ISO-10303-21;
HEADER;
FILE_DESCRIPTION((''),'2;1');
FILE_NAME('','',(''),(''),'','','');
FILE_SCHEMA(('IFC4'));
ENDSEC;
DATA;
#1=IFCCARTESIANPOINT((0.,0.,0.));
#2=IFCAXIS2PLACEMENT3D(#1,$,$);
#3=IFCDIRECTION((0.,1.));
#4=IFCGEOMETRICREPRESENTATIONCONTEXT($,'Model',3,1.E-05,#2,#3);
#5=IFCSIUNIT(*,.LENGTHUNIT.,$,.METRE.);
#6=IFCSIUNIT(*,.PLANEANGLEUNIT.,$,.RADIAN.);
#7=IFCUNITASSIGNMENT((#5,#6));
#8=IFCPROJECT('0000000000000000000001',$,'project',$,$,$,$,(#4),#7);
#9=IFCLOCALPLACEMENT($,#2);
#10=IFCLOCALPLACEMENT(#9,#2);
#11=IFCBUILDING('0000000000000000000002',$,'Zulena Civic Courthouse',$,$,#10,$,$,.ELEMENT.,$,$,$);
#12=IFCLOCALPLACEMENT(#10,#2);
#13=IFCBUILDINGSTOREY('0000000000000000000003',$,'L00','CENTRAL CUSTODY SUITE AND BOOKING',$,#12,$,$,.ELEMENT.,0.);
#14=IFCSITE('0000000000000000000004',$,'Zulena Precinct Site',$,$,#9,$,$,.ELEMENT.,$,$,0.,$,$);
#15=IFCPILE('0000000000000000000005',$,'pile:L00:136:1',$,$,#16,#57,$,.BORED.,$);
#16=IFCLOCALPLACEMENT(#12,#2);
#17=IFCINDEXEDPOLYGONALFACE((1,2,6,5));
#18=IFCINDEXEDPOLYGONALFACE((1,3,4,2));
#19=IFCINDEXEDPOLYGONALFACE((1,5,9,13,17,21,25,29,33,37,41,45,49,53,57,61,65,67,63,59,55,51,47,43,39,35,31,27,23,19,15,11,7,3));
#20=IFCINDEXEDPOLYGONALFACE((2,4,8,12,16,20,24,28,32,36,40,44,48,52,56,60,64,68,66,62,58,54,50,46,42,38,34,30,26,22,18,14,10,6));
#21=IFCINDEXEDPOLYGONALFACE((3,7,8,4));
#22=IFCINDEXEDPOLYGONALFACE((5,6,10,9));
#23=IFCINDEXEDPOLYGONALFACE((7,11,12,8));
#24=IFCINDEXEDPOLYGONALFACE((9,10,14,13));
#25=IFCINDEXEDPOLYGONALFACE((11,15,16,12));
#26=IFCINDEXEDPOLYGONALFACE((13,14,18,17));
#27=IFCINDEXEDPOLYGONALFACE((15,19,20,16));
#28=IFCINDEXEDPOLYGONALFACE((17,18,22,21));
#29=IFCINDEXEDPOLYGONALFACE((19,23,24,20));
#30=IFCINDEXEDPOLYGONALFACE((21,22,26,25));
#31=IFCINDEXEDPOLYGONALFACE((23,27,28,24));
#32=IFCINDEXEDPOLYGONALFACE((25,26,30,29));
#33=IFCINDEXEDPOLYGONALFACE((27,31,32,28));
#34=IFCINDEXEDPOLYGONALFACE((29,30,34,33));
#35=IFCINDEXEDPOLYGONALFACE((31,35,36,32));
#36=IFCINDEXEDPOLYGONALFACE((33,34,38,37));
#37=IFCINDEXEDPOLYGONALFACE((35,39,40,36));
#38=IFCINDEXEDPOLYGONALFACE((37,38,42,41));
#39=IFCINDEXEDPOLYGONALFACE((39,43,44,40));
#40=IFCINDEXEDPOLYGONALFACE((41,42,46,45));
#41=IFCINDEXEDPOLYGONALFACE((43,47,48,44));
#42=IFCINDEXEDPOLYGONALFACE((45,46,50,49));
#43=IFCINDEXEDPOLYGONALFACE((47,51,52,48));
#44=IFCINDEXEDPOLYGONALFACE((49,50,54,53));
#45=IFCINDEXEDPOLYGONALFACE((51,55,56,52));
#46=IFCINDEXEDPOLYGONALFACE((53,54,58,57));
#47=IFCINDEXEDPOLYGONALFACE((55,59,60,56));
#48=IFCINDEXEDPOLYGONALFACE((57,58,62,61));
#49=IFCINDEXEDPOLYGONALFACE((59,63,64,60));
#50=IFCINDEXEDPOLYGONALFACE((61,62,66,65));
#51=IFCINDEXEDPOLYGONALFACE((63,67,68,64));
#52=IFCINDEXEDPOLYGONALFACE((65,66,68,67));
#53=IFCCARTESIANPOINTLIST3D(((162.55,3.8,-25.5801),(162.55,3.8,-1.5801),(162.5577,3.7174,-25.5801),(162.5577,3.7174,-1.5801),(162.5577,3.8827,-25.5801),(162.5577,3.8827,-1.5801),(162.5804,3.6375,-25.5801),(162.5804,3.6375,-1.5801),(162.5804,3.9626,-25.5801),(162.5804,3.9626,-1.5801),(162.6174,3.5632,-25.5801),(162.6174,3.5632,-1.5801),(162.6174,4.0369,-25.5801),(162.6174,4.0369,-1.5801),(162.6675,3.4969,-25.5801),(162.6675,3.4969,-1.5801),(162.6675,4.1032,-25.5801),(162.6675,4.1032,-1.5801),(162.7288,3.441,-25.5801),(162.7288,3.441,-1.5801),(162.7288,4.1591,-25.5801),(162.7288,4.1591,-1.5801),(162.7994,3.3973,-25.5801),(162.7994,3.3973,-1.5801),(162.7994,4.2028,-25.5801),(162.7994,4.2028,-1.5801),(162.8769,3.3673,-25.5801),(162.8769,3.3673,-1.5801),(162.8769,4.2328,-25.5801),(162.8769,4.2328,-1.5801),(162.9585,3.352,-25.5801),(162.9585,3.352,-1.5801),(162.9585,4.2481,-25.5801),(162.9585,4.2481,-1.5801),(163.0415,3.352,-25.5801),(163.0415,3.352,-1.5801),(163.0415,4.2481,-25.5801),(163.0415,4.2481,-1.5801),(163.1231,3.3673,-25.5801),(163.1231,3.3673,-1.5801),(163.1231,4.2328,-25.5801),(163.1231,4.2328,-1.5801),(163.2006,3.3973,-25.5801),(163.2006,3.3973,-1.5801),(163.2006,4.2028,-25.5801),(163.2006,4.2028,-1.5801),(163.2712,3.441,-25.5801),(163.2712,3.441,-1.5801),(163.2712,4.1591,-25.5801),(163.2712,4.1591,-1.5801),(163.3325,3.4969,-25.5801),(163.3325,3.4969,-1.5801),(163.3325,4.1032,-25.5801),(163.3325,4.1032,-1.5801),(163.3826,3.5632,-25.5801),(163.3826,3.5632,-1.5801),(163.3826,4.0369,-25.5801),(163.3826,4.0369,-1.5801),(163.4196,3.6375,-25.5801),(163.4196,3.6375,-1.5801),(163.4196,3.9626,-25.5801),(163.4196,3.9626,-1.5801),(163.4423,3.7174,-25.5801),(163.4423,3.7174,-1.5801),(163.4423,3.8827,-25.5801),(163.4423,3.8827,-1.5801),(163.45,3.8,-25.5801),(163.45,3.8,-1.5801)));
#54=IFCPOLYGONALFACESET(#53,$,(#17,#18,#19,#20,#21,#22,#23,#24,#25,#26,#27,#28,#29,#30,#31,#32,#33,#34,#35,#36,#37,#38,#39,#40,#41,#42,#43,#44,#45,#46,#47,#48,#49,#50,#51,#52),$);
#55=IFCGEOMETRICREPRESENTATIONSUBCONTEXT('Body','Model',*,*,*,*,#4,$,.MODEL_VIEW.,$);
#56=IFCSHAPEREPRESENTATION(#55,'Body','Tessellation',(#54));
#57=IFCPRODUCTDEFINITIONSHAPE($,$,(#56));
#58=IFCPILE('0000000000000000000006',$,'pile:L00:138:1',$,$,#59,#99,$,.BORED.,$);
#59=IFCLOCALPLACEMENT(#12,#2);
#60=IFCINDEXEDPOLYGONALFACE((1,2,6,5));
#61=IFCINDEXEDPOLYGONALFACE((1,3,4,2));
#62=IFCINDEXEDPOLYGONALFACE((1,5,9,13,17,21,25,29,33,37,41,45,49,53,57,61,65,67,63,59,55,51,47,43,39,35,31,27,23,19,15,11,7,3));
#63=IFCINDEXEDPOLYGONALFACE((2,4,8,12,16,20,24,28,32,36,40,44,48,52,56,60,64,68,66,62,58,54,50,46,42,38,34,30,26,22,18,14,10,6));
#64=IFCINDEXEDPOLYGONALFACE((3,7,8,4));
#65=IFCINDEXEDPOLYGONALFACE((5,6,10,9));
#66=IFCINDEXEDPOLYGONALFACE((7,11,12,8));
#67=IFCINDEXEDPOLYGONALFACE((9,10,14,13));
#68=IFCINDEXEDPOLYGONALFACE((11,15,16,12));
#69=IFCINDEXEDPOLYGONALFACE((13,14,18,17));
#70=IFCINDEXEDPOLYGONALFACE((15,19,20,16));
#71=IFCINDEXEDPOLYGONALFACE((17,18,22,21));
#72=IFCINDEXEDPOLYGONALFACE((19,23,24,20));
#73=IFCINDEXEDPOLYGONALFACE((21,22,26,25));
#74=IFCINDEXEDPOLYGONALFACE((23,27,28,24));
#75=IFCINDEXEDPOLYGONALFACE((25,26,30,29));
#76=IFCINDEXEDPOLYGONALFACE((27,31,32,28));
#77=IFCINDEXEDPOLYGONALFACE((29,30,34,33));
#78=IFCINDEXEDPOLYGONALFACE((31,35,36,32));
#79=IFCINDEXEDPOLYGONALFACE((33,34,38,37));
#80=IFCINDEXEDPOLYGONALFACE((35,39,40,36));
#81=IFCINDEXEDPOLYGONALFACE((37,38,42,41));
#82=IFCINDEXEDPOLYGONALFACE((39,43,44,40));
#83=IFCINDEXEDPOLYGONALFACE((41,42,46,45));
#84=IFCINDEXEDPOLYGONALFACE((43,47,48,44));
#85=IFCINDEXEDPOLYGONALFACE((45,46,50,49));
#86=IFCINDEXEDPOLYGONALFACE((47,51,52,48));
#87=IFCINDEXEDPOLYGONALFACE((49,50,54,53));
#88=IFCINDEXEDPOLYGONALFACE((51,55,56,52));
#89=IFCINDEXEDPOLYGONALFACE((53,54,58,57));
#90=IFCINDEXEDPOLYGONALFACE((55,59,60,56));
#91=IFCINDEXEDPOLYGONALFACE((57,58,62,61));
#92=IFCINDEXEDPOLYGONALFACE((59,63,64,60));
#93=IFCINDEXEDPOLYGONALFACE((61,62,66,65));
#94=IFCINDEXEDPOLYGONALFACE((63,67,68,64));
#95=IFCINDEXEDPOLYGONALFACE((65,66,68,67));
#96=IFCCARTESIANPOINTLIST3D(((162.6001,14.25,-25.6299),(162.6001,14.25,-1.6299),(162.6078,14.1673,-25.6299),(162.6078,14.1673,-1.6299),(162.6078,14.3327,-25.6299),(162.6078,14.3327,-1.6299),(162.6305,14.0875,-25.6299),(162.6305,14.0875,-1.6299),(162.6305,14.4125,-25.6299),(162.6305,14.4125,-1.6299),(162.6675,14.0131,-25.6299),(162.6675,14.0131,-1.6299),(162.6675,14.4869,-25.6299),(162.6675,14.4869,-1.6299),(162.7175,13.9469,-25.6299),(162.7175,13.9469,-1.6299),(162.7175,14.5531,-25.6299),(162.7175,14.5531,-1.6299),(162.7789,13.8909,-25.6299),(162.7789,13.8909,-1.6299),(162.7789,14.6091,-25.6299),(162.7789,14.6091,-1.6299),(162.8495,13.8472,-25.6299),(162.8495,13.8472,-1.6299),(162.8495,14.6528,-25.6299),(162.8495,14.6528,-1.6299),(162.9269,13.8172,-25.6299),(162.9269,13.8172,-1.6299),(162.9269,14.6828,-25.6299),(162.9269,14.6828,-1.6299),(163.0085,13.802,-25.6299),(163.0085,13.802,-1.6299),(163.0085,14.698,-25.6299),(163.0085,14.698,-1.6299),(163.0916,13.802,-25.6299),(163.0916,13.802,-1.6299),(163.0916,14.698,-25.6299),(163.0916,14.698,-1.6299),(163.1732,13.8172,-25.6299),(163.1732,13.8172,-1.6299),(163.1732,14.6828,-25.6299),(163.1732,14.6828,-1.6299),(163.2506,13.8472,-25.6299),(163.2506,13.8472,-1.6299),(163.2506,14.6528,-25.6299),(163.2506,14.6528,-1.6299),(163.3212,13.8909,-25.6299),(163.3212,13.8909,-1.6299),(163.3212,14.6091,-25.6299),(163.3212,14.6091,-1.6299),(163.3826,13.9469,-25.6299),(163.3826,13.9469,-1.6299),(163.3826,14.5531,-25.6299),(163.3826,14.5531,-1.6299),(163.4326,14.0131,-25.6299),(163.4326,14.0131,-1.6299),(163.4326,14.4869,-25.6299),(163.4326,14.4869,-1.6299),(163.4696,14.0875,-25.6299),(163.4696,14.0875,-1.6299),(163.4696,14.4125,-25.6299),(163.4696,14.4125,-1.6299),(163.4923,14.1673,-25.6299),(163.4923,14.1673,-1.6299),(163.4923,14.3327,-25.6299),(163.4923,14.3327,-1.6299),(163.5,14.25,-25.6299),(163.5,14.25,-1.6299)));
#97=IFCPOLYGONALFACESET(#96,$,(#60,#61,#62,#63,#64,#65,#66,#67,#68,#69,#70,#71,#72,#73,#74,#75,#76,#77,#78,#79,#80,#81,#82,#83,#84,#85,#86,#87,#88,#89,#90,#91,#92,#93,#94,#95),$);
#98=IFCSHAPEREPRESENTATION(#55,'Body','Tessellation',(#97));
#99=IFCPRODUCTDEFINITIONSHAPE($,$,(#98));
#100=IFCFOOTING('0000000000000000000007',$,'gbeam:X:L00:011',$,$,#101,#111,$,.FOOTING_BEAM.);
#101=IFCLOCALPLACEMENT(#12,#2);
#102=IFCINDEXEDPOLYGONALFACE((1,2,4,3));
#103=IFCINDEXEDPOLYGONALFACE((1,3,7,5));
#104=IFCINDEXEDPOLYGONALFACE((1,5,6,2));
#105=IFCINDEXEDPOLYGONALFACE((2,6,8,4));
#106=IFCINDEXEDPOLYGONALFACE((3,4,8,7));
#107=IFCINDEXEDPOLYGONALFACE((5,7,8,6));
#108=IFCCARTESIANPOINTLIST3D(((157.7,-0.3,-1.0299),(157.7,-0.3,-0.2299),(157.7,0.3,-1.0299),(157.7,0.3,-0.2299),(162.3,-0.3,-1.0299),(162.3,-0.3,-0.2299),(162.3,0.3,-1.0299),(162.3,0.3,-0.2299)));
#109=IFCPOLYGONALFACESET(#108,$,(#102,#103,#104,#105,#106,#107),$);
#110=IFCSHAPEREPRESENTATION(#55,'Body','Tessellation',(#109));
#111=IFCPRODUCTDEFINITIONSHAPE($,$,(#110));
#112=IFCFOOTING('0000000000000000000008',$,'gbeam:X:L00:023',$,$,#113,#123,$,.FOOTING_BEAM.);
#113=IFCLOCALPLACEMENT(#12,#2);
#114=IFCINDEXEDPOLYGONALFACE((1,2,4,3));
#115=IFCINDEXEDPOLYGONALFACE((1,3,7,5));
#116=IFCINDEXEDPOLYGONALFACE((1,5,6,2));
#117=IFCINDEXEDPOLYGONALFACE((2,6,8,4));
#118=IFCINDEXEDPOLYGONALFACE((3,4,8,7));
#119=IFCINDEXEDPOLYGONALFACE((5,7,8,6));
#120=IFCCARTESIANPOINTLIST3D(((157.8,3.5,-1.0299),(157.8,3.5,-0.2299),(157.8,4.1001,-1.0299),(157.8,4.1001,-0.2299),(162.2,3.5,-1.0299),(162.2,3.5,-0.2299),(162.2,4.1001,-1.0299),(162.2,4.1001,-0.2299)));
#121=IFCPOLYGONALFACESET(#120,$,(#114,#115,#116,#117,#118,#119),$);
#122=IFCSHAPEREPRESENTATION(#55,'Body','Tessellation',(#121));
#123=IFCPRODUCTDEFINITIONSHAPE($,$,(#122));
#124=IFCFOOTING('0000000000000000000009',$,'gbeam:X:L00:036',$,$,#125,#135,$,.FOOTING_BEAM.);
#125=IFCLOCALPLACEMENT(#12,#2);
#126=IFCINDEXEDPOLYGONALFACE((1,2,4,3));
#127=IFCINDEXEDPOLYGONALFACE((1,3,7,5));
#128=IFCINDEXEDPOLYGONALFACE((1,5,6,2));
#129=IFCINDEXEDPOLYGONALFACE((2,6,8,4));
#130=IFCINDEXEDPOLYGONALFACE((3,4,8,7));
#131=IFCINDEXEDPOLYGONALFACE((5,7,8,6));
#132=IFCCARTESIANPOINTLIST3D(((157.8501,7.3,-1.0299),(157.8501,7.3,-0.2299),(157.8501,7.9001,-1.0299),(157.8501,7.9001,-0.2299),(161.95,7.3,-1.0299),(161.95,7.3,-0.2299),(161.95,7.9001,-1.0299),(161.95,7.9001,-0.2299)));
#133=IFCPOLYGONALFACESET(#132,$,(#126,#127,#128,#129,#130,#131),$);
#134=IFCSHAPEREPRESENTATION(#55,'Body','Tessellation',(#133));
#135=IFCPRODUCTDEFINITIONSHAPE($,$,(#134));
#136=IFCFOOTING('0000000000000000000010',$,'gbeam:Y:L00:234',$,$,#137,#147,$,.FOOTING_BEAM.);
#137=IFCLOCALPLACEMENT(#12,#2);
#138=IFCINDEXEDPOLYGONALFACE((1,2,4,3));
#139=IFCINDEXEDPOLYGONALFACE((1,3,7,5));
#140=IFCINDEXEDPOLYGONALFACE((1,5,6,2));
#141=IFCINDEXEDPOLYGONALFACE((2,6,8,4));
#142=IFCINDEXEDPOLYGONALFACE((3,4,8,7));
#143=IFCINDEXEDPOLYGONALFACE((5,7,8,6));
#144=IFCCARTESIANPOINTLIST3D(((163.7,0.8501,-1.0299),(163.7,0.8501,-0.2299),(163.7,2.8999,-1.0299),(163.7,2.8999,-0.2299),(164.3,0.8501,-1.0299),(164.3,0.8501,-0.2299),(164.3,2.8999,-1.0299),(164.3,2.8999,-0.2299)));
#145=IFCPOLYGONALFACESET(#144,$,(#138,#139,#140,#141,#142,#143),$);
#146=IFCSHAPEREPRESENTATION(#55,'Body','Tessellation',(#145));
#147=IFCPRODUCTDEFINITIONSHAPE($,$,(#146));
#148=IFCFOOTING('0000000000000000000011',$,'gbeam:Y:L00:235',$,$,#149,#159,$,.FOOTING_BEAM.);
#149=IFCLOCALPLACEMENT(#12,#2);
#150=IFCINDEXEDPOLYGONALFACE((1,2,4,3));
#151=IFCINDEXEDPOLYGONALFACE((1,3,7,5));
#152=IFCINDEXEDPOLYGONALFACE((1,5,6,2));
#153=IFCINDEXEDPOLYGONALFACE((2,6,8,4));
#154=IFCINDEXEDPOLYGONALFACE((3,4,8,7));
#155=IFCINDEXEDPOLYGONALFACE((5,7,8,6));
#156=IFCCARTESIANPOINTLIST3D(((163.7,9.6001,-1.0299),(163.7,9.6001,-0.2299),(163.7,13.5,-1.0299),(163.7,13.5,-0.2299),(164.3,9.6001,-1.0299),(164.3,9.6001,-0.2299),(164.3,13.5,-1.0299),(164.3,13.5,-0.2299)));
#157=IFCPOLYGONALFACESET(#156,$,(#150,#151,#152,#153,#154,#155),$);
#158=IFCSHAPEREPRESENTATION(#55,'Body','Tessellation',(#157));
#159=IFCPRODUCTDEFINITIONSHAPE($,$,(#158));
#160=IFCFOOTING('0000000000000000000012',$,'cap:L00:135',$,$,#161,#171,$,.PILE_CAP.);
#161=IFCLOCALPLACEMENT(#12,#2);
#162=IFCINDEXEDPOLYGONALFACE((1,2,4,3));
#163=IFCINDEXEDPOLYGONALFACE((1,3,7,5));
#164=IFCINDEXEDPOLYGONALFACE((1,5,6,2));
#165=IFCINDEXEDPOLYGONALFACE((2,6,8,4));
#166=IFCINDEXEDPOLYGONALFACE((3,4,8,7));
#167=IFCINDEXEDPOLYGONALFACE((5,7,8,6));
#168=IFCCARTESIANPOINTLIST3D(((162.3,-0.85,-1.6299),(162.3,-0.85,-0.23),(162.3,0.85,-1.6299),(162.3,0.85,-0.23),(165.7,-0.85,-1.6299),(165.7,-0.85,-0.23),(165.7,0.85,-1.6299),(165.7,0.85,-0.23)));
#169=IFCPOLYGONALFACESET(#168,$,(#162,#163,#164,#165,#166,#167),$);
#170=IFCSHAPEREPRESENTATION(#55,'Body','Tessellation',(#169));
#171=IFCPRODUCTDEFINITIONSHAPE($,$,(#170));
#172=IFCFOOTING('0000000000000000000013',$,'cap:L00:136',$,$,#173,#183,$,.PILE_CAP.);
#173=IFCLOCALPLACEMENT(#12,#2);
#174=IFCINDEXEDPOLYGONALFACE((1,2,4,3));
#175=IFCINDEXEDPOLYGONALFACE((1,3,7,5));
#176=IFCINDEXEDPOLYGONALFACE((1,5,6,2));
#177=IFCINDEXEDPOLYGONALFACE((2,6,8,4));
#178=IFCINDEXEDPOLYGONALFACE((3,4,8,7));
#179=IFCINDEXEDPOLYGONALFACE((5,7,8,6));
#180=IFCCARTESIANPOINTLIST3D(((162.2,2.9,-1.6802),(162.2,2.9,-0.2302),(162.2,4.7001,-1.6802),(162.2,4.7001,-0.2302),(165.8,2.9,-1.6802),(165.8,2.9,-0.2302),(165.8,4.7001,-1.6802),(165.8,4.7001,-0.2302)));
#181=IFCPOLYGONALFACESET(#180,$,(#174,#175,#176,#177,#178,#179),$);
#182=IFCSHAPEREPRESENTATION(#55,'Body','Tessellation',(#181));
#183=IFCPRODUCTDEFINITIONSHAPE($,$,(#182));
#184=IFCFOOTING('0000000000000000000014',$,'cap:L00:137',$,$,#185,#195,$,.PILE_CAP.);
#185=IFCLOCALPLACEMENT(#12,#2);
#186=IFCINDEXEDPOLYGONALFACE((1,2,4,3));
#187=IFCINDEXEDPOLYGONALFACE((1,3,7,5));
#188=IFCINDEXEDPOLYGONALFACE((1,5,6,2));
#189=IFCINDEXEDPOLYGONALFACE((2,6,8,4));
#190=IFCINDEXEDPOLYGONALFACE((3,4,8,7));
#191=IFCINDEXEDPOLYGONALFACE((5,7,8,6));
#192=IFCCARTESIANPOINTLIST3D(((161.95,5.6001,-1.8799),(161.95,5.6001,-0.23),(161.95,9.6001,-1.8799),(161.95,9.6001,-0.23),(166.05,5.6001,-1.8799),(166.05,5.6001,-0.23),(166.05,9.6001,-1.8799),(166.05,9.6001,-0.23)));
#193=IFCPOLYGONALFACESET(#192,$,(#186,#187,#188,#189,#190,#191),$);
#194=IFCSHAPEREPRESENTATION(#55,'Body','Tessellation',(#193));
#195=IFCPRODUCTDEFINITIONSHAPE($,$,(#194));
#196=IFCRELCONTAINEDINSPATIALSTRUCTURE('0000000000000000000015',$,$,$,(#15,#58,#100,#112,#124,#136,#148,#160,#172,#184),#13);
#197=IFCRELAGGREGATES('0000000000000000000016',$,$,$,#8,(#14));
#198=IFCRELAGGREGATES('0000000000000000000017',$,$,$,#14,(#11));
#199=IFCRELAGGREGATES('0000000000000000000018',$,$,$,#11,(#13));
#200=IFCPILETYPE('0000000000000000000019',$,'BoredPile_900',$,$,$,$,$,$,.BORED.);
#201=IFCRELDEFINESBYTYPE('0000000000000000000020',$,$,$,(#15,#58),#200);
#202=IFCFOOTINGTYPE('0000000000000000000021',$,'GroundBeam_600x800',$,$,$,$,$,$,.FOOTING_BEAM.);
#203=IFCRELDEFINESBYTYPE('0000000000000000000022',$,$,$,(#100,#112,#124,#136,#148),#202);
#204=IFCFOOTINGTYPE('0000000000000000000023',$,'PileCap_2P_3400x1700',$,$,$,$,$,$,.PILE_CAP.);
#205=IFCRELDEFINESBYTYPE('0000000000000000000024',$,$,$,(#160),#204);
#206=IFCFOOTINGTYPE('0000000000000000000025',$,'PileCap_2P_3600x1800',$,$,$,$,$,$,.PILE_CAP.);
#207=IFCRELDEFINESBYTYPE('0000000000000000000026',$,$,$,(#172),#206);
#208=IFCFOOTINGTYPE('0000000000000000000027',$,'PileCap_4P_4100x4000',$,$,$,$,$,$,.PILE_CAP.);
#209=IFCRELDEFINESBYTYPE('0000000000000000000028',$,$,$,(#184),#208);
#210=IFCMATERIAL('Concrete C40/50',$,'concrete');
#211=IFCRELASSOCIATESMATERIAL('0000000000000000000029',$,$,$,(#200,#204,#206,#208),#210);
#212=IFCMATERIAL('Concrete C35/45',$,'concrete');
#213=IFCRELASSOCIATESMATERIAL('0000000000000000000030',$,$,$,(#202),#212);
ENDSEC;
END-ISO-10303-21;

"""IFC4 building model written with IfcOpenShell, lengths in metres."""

from ifc_helpers import new_model, si_unit, direction, frame, origin, origin_2d, place, context, subcontext, project, spatial, rectangle, circle, extrude, material, material_profile, profile_set, type_object, element, save


model = new_model("IFC4")

# Units and contexts
model_context = context("Model", 3, precision=1e-05, world=origin(), true_north=direction((0.0, 1.0)))
body_context = subcontext(model_context, "Body", "Model", "MODEL_VIEW")
ifc_project = project(units=[si_unit("LENGTHUNIT", "METRE"), si_unit("PLANEANGLEUNIT", "RADIAN")], contexts=[model_context])

# Site, building, storey
site_placement = place(None, origin())
site = spatial("IfcSite", under=ifc_project, at=site_placement, Name="Zulena Precinct Site", CompositionType="ELEMENT", RefElevation=0.0)
building_placement = place(site_placement, origin())
building = spatial("IfcBuilding", under=site, at=building_placement, Name="Zulena Civic Courthouse", CompositionType="ELEMENT")
storey_placement = place(building_placement, origin())
storey = spatial("IfcBuildingStorey", under=building, at=storey_placement, Name="L00", Description="CENTRAL CUSTODY SUITE AND BOOKING", CompositionType="ELEMENT", Elevation=0.0)

# Piles
ifc_material_1 = material(Name="Concrete C40/50", Category="concrete")
ifc_material_profile_1 = material_profile(ifc_material_1, circle(Radius=0.45, at=origin_2d()), Name="PILE900")
ifc_profile_set_1 = profile_set([ifc_material_profile_1], Name="Concrete C40/50")
pile_type_1 = type_object("IfcPileType", Name="BoredPile_900", PredefinedType="BORED", material=ifc_profile_set_1)
for number, where, z_axis, x_axis, name in (
    (1, (163.0, 3.8, -1.5801), (0.0, 0.0, -1.0), (1.0, 0.0, 0.0), "pile:L00:136:1"),
    (2, (163.05, 14.25, -1.6299), (0.0, 0.0, -1.0), (1.0, 0.0, 0.0), "pile:L00:138:1"),
):
    element("IfcPile", number, at=place(storey_placement, frame(where, z_axis=z_axis, x_axis=x_axis)), inside=storey, type_object=pile_type_1, Name=name, PredefinedType="BORED", context=body_context, shape_type="SweptSolid", body=[
        extrude(circle(Radius=0.45, at=origin_2d()), origin(), (0.0, 0.0, 1.0), 24.0),
    ])

# Footings
ifc_material_2 = material(Name="Concrete C35/45", Category="concrete")
ifc_material_profile_2 = material_profile(ifc_material_2, rectangle(XDim=0.6001, YDim=0.8, at=origin_2d()), Name="RC600X800")
ifc_profile_set_2 = profile_set([ifc_material_profile_2], Name="Concrete C35/45")
footing_type_1 = type_object("IfcFootingType", Name="GroundBeam_600x800", PredefinedType="FOOTING_BEAM", material=ifc_profile_set_2)
footing_1_placement = place(storey_placement, frame((157.7, 0.0, -0.6299), z_axis=(1.0, 0.0, 0.0), x_axis=(0.0, 1.0, 0.0)))
element("IfcFooting", 3, at=footing_1_placement, inside=storey, type_object=footing_type_1, Name="gbeam:X:L00:011", PredefinedType="FOOTING_BEAM", context=body_context, shape_type="SweptSolid", body=[
    extrude(rectangle(XDim=0.6001, YDim=0.8, at=origin_2d()), origin(), (0.0, 0.0, 1.0), 4.6001),
])
footing_2_placement = place(storey_placement, frame((157.8, 3.8, -0.6299), z_axis=(1.0, 0.0, 0.0), x_axis=(0.0, 1.0, 0.0)))
element("IfcFooting", 4, at=footing_2_placement, inside=storey, type_object=footing_type_1, Name="gbeam:X:L00:023", PredefinedType="FOOTING_BEAM", context=body_context, shape_type="SweptSolid", body=[
    extrude(rectangle(XDim=0.6001, YDim=0.8, at=origin_2d()), origin(), (0.0, 0.0, 1.0), 4.3999),
])
footing_3_placement = place(storey_placement, frame((157.8501, 7.6001, -0.6299), z_axis=(1.0, 0.0, 0.0), x_axis=(0.0, 1.0, 0.0)))
element("IfcFooting", 5, at=footing_3_placement, inside=storey, type_object=footing_type_1, Name="gbeam:X:L00:036", PredefinedType="FOOTING_BEAM", context=body_context, shape_type="SweptSolid", body=[
    extrude(rectangle(XDim=0.6001, YDim=0.8, at=origin_2d()), origin(), (0.0, 0.0, 1.0), 4.0999),
])
footing_4_placement = place(storey_placement, frame((164.0, 0.8501, -0.6299), z_axis=(0.0, 1.0, 0.0), x_axis=(-1.0, 0.0, 0.0)))
element("IfcFooting", 6, at=footing_4_placement, inside=storey, type_object=footing_type_1, Name="gbeam:Y:L00:234", PredefinedType="FOOTING_BEAM", context=body_context, shape_type="SweptSolid", body=[
    extrude(rectangle(XDim=0.6001, YDim=0.8, at=origin_2d()), origin(), (0.0, 0.0, 1.0), 2.0498),
])
footing_5_placement = place(storey_placement, frame((164.0, 9.6001, -0.6299), z_axis=(0.0, 1.0, 0.0), x_axis=(-1.0, 0.0, 0.0)))
element("IfcFooting", 7, at=footing_5_placement, inside=storey, type_object=footing_type_1, Name="gbeam:Y:L00:235", PredefinedType="FOOTING_BEAM", context=body_context, shape_type="SweptSolid", body=[
    extrude(rectangle(XDim=0.6001, YDim=0.8, at=origin_2d()), origin(), (0.0, 0.0, 1.0), 3.8999),
])
footing_type_2 = type_object("IfcFootingType", Name="PileCap_2P_3400x1700", PredefinedType="PILE_CAP", material=ifc_material_1)
footing_6_placement = place(storey_placement, frame((164.0, 0.0, -1.6299), z_axis=(0.0, 0.0, 1.0), x_axis=(1.0, 0.0, 0.0)))
element("IfcFooting", 8, at=footing_6_placement, inside=storey, type_object=footing_type_2, Name="cap:L00:135", PredefinedType="PILE_CAP", context=body_context, shape_type="SweptSolid", body=[
    extrude(rectangle(XDim=3.3999, YDim=1.7, at=origin_2d()), origin(), (0.0, 0.0, 1.0), 1.3999),
])
footing_type_3 = type_object("IfcFootingType", Name="PileCap_2P_3600x1800", PredefinedType="PILE_CAP", material=ifc_material_1)
footing_7_placement = place(storey_placement, frame((164.0, 3.8, -1.6802), z_axis=(0.0, 0.0, 1.0), x_axis=(1.0, 0.0, 0.0)))
element("IfcFooting", 9, at=footing_7_placement, inside=storey, type_object=footing_type_3, Name="cap:L00:136", PredefinedType="PILE_CAP", context=body_context, shape_type="SweptSolid", body=[
    extrude(rectangle(XDim=3.6001, YDim=1.8, at=origin_2d()), origin(), (0.0, 0.0, 1.0), 1.45),
])
footing_type_4 = type_object("IfcFootingType", Name="PileCap_4P_4100x4000", PredefinedType="PILE_CAP", material=ifc_material_1)
footing_8_placement = place(storey_placement, frame((164.0, 7.6001, -1.8799), z_axis=(0.0, 0.0, 1.0), x_axis=(1.0, 0.0, 0.0)))
element("IfcFooting", 10, at=footing_8_placement, inside=storey, type_object=footing_type_4, Name="cap:L00:137", PredefinedType="PILE_CAP", context=body_context, shape_type="SweptSolid", body=[
    extrude(rectangle(XDim=4.1001, YDim=4.0, at=origin_2d()), origin(), (0.0, 0.0, 1.0), 1.6499),
])

save(model, "model.ifc")
